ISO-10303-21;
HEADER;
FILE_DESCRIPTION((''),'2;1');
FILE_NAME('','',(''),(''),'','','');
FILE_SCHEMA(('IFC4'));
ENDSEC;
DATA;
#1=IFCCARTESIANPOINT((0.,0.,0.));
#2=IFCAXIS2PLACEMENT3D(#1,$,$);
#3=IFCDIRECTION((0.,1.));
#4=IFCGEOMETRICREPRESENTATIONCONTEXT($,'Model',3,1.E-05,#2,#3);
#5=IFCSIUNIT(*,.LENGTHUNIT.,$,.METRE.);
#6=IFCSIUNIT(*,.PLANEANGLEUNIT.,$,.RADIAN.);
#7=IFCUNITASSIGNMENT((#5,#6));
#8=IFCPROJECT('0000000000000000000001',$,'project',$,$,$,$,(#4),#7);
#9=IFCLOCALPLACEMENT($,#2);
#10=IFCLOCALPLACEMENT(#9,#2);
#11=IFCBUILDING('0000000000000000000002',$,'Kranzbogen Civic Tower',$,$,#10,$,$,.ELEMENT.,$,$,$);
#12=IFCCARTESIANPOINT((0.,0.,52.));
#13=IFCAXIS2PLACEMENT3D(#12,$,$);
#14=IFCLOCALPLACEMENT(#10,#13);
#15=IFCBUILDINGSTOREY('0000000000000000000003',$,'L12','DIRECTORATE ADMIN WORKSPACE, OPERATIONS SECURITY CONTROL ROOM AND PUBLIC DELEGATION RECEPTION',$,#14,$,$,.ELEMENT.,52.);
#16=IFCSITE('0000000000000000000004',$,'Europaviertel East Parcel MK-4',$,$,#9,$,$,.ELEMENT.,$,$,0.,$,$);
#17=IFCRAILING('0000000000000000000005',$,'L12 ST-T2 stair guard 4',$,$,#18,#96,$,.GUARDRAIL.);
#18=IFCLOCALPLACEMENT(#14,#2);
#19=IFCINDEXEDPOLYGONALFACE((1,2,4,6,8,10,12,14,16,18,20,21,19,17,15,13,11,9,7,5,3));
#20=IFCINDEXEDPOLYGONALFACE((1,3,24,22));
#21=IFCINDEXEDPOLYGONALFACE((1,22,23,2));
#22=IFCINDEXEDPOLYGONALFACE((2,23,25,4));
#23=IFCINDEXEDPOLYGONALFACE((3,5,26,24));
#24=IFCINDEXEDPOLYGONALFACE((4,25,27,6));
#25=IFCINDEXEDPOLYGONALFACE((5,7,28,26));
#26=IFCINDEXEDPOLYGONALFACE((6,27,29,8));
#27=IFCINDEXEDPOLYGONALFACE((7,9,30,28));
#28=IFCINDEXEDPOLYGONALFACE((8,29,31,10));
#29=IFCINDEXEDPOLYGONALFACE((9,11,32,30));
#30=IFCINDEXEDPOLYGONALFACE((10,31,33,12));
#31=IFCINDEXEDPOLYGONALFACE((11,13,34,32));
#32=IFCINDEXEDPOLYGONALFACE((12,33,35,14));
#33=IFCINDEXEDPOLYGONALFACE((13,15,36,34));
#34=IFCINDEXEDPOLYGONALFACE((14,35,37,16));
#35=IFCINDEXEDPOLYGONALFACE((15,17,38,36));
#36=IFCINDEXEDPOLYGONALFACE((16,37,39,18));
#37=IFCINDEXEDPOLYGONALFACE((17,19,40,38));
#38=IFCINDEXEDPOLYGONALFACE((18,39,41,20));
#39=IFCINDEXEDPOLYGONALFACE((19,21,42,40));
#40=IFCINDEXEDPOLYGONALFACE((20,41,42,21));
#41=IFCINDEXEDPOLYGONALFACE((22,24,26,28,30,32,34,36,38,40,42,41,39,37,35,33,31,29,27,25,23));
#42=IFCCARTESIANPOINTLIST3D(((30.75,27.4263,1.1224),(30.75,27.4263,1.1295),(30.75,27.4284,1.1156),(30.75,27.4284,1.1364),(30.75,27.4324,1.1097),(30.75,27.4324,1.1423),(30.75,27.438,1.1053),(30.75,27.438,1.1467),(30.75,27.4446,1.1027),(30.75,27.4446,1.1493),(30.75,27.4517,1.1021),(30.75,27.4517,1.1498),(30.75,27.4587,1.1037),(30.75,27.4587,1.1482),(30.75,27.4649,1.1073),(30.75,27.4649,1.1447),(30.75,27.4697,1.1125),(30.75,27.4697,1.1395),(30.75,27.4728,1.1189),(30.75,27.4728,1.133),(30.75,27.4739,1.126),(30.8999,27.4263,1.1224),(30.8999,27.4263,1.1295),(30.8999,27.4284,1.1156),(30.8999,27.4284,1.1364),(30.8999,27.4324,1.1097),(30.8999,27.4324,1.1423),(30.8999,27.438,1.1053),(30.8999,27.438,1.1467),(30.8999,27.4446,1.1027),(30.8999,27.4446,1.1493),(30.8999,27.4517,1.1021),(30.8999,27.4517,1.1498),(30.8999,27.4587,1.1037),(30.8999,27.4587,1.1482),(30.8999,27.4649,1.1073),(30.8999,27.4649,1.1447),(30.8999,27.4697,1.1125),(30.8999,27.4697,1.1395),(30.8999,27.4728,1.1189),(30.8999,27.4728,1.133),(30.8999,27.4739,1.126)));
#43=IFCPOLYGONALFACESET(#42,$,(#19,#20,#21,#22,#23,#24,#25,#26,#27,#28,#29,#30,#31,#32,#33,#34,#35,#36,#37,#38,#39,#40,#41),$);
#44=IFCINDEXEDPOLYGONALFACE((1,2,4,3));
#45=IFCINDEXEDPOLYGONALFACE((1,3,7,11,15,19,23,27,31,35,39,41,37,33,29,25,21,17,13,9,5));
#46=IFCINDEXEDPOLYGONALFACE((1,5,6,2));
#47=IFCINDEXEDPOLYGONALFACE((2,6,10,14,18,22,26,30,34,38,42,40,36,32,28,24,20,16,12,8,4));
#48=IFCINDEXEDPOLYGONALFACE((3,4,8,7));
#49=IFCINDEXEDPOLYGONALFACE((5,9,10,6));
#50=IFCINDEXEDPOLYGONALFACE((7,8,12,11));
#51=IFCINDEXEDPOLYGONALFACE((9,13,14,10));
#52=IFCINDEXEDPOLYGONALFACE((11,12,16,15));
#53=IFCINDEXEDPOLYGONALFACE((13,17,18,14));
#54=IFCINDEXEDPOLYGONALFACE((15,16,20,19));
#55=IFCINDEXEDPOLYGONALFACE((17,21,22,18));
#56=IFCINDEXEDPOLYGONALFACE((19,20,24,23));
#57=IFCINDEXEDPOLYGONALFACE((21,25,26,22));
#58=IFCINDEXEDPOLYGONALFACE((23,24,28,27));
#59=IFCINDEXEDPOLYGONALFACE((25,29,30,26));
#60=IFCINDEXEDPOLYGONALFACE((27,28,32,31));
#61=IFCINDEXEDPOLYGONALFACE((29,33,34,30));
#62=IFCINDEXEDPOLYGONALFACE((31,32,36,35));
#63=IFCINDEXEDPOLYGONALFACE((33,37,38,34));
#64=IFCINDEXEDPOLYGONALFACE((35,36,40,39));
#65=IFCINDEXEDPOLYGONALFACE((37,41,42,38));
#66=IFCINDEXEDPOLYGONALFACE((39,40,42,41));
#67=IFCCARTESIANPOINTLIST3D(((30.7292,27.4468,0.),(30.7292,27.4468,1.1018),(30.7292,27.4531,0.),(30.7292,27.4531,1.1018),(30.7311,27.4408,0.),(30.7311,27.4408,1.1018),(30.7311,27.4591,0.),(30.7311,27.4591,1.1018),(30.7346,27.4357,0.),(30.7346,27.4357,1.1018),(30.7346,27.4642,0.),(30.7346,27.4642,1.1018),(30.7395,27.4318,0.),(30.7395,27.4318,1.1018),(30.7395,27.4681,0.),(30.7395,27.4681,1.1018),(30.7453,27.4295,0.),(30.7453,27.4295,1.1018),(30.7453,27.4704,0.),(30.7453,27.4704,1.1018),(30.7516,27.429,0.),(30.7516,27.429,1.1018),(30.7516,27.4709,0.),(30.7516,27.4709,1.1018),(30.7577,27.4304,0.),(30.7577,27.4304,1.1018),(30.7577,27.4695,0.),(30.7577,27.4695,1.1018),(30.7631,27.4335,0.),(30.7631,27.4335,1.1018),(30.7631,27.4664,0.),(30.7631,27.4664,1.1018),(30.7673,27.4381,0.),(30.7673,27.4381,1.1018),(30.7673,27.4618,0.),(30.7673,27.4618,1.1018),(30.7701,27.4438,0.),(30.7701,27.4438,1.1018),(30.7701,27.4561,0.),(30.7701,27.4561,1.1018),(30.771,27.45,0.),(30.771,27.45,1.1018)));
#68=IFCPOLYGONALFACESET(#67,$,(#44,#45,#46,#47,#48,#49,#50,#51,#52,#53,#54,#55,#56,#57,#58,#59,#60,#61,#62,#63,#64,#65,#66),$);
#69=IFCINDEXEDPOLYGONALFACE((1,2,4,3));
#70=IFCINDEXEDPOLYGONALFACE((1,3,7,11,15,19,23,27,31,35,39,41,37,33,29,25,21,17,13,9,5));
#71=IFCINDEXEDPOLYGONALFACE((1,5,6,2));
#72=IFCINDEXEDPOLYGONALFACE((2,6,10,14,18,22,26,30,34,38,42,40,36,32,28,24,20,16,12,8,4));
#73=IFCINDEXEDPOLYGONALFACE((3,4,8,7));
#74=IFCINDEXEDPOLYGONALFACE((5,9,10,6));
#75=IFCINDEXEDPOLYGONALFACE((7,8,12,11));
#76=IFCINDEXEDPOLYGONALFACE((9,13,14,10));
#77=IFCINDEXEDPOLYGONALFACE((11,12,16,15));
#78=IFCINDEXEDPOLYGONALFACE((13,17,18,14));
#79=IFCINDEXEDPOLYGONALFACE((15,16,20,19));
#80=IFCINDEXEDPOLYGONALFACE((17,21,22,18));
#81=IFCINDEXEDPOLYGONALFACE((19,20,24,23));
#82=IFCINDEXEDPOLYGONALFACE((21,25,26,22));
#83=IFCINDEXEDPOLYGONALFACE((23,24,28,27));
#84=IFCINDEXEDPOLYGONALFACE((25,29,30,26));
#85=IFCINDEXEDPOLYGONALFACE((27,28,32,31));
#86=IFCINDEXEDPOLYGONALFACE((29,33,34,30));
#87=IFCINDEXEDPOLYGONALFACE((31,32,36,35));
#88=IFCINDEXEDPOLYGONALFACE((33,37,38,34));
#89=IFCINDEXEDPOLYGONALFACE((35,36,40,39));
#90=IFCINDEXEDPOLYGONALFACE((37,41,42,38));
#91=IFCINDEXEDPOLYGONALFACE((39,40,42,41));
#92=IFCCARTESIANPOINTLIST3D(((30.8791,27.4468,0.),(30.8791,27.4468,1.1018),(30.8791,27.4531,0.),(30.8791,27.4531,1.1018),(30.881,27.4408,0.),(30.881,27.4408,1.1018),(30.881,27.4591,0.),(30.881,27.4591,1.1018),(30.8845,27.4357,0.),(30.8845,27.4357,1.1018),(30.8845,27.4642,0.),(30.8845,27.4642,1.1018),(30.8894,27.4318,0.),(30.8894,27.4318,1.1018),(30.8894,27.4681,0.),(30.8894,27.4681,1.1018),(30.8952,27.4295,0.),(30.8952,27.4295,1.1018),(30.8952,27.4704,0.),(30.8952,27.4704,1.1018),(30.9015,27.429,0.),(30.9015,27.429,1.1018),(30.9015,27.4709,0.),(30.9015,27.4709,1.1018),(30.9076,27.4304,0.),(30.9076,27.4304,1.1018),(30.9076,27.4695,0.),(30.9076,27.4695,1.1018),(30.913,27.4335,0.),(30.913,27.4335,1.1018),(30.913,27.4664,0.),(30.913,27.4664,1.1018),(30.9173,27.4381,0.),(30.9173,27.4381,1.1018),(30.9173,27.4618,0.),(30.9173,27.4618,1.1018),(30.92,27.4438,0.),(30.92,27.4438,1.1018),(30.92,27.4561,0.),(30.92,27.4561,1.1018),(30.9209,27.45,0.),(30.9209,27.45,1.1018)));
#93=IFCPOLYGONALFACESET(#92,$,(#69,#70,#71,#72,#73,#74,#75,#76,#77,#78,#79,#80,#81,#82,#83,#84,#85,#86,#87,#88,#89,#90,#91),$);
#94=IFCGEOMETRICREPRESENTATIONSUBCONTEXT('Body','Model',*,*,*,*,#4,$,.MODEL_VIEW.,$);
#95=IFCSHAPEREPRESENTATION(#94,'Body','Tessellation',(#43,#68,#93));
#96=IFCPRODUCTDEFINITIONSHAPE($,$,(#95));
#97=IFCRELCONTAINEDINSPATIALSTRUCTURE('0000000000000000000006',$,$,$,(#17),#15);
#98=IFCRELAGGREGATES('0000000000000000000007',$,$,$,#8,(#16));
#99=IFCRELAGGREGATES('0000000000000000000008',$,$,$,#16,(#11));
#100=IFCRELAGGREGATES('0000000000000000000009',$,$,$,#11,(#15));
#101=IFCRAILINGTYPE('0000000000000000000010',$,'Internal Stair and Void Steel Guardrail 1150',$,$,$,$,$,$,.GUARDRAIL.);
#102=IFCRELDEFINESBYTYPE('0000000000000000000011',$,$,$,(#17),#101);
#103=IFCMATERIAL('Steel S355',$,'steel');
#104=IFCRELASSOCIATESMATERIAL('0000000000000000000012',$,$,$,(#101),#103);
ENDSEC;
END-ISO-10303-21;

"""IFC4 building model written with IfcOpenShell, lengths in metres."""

from ifc_helpers import new_model, si_unit, direction, frame, origin, origin_2d, place, context, subcontext, project, spatial, circle, extrude, material, type_object, element, save


model = new_model("IFC4")

# Units and contexts
model_context = context("Model", 3, precision=1e-05, world=origin(), true_north=direction((0.0, 1.0)))
body_context = subcontext(model_context, "Body", "Model", "MODEL_VIEW")
ifc_project = project(units=[si_unit("LENGTHUNIT", "METRE"), si_unit("PLANEANGLEUNIT", "RADIAN")], contexts=[model_context])

# Site, building, storey
site_placement = place(None, origin())
site = spatial("IfcSite", under=ifc_project, at=site_placement, Name="Europaviertel East Parcel MK-4", CompositionType="ELEMENT", RefElevation=0.0)
building_placement = place(site_placement, origin())
building = spatial("IfcBuilding", under=site, at=building_placement, Name="Kranzbogen Civic Tower", CompositionType="ELEMENT")
storey_placement = place(building_placement, frame((0.0, 0.0, 52.0)))
storey = spatial("IfcBuildingStorey", under=building, at=storey_placement, Name="L12", Description="DIRECTORATE ADMIN WORKSPACE, OPERATIONS SECURITY CONTROL ROOM AND PUBLIC DELEGATION RECEPTION", CompositionType="ELEMENT", Elevation=52.0)

# Shared definitions
ifc_material_1 = material(Name="Steel S355", Category="steel")

# Railing
railing_type_1 = type_object("IfcRailingType", Name="Internal Stair and Void Steel Guardrail 1150", PredefinedType="GUARDRAIL", material=ifc_material_1)
railing_1_placement = place(storey_placement, frame((30.75, 27.45, 0.0)))
element("IfcRailing", 1, at=railing_1_placement, inside=storey, type_object=railing_type_1, Name="L12 ST-T2 stair guard 4", PredefinedType="GUARDRAIL", context=body_context, shape_type="SweptSolid", body=[
    extrude(circle(Radius=0.0239, at=origin_2d()), frame((0.0, 0.0, 1.126), z_axis=(1.0, 0.0, 0.0), x_axis=(0.0, 1.0, 0.0)), (0.0, 0.0, 1.0), 0.1499),
    extrude(circle(Radius=0.021, at=origin_2d()), origin(), (0.0, 0.0, 1.0), 1.1018),
    extrude(circle(Radius=0.021, at=origin_2d()), frame((0.1499, 0.0, 0.0)), (0.0, 0.0, 1.0), 1.1018),
])

save(model, "model.ifc")
